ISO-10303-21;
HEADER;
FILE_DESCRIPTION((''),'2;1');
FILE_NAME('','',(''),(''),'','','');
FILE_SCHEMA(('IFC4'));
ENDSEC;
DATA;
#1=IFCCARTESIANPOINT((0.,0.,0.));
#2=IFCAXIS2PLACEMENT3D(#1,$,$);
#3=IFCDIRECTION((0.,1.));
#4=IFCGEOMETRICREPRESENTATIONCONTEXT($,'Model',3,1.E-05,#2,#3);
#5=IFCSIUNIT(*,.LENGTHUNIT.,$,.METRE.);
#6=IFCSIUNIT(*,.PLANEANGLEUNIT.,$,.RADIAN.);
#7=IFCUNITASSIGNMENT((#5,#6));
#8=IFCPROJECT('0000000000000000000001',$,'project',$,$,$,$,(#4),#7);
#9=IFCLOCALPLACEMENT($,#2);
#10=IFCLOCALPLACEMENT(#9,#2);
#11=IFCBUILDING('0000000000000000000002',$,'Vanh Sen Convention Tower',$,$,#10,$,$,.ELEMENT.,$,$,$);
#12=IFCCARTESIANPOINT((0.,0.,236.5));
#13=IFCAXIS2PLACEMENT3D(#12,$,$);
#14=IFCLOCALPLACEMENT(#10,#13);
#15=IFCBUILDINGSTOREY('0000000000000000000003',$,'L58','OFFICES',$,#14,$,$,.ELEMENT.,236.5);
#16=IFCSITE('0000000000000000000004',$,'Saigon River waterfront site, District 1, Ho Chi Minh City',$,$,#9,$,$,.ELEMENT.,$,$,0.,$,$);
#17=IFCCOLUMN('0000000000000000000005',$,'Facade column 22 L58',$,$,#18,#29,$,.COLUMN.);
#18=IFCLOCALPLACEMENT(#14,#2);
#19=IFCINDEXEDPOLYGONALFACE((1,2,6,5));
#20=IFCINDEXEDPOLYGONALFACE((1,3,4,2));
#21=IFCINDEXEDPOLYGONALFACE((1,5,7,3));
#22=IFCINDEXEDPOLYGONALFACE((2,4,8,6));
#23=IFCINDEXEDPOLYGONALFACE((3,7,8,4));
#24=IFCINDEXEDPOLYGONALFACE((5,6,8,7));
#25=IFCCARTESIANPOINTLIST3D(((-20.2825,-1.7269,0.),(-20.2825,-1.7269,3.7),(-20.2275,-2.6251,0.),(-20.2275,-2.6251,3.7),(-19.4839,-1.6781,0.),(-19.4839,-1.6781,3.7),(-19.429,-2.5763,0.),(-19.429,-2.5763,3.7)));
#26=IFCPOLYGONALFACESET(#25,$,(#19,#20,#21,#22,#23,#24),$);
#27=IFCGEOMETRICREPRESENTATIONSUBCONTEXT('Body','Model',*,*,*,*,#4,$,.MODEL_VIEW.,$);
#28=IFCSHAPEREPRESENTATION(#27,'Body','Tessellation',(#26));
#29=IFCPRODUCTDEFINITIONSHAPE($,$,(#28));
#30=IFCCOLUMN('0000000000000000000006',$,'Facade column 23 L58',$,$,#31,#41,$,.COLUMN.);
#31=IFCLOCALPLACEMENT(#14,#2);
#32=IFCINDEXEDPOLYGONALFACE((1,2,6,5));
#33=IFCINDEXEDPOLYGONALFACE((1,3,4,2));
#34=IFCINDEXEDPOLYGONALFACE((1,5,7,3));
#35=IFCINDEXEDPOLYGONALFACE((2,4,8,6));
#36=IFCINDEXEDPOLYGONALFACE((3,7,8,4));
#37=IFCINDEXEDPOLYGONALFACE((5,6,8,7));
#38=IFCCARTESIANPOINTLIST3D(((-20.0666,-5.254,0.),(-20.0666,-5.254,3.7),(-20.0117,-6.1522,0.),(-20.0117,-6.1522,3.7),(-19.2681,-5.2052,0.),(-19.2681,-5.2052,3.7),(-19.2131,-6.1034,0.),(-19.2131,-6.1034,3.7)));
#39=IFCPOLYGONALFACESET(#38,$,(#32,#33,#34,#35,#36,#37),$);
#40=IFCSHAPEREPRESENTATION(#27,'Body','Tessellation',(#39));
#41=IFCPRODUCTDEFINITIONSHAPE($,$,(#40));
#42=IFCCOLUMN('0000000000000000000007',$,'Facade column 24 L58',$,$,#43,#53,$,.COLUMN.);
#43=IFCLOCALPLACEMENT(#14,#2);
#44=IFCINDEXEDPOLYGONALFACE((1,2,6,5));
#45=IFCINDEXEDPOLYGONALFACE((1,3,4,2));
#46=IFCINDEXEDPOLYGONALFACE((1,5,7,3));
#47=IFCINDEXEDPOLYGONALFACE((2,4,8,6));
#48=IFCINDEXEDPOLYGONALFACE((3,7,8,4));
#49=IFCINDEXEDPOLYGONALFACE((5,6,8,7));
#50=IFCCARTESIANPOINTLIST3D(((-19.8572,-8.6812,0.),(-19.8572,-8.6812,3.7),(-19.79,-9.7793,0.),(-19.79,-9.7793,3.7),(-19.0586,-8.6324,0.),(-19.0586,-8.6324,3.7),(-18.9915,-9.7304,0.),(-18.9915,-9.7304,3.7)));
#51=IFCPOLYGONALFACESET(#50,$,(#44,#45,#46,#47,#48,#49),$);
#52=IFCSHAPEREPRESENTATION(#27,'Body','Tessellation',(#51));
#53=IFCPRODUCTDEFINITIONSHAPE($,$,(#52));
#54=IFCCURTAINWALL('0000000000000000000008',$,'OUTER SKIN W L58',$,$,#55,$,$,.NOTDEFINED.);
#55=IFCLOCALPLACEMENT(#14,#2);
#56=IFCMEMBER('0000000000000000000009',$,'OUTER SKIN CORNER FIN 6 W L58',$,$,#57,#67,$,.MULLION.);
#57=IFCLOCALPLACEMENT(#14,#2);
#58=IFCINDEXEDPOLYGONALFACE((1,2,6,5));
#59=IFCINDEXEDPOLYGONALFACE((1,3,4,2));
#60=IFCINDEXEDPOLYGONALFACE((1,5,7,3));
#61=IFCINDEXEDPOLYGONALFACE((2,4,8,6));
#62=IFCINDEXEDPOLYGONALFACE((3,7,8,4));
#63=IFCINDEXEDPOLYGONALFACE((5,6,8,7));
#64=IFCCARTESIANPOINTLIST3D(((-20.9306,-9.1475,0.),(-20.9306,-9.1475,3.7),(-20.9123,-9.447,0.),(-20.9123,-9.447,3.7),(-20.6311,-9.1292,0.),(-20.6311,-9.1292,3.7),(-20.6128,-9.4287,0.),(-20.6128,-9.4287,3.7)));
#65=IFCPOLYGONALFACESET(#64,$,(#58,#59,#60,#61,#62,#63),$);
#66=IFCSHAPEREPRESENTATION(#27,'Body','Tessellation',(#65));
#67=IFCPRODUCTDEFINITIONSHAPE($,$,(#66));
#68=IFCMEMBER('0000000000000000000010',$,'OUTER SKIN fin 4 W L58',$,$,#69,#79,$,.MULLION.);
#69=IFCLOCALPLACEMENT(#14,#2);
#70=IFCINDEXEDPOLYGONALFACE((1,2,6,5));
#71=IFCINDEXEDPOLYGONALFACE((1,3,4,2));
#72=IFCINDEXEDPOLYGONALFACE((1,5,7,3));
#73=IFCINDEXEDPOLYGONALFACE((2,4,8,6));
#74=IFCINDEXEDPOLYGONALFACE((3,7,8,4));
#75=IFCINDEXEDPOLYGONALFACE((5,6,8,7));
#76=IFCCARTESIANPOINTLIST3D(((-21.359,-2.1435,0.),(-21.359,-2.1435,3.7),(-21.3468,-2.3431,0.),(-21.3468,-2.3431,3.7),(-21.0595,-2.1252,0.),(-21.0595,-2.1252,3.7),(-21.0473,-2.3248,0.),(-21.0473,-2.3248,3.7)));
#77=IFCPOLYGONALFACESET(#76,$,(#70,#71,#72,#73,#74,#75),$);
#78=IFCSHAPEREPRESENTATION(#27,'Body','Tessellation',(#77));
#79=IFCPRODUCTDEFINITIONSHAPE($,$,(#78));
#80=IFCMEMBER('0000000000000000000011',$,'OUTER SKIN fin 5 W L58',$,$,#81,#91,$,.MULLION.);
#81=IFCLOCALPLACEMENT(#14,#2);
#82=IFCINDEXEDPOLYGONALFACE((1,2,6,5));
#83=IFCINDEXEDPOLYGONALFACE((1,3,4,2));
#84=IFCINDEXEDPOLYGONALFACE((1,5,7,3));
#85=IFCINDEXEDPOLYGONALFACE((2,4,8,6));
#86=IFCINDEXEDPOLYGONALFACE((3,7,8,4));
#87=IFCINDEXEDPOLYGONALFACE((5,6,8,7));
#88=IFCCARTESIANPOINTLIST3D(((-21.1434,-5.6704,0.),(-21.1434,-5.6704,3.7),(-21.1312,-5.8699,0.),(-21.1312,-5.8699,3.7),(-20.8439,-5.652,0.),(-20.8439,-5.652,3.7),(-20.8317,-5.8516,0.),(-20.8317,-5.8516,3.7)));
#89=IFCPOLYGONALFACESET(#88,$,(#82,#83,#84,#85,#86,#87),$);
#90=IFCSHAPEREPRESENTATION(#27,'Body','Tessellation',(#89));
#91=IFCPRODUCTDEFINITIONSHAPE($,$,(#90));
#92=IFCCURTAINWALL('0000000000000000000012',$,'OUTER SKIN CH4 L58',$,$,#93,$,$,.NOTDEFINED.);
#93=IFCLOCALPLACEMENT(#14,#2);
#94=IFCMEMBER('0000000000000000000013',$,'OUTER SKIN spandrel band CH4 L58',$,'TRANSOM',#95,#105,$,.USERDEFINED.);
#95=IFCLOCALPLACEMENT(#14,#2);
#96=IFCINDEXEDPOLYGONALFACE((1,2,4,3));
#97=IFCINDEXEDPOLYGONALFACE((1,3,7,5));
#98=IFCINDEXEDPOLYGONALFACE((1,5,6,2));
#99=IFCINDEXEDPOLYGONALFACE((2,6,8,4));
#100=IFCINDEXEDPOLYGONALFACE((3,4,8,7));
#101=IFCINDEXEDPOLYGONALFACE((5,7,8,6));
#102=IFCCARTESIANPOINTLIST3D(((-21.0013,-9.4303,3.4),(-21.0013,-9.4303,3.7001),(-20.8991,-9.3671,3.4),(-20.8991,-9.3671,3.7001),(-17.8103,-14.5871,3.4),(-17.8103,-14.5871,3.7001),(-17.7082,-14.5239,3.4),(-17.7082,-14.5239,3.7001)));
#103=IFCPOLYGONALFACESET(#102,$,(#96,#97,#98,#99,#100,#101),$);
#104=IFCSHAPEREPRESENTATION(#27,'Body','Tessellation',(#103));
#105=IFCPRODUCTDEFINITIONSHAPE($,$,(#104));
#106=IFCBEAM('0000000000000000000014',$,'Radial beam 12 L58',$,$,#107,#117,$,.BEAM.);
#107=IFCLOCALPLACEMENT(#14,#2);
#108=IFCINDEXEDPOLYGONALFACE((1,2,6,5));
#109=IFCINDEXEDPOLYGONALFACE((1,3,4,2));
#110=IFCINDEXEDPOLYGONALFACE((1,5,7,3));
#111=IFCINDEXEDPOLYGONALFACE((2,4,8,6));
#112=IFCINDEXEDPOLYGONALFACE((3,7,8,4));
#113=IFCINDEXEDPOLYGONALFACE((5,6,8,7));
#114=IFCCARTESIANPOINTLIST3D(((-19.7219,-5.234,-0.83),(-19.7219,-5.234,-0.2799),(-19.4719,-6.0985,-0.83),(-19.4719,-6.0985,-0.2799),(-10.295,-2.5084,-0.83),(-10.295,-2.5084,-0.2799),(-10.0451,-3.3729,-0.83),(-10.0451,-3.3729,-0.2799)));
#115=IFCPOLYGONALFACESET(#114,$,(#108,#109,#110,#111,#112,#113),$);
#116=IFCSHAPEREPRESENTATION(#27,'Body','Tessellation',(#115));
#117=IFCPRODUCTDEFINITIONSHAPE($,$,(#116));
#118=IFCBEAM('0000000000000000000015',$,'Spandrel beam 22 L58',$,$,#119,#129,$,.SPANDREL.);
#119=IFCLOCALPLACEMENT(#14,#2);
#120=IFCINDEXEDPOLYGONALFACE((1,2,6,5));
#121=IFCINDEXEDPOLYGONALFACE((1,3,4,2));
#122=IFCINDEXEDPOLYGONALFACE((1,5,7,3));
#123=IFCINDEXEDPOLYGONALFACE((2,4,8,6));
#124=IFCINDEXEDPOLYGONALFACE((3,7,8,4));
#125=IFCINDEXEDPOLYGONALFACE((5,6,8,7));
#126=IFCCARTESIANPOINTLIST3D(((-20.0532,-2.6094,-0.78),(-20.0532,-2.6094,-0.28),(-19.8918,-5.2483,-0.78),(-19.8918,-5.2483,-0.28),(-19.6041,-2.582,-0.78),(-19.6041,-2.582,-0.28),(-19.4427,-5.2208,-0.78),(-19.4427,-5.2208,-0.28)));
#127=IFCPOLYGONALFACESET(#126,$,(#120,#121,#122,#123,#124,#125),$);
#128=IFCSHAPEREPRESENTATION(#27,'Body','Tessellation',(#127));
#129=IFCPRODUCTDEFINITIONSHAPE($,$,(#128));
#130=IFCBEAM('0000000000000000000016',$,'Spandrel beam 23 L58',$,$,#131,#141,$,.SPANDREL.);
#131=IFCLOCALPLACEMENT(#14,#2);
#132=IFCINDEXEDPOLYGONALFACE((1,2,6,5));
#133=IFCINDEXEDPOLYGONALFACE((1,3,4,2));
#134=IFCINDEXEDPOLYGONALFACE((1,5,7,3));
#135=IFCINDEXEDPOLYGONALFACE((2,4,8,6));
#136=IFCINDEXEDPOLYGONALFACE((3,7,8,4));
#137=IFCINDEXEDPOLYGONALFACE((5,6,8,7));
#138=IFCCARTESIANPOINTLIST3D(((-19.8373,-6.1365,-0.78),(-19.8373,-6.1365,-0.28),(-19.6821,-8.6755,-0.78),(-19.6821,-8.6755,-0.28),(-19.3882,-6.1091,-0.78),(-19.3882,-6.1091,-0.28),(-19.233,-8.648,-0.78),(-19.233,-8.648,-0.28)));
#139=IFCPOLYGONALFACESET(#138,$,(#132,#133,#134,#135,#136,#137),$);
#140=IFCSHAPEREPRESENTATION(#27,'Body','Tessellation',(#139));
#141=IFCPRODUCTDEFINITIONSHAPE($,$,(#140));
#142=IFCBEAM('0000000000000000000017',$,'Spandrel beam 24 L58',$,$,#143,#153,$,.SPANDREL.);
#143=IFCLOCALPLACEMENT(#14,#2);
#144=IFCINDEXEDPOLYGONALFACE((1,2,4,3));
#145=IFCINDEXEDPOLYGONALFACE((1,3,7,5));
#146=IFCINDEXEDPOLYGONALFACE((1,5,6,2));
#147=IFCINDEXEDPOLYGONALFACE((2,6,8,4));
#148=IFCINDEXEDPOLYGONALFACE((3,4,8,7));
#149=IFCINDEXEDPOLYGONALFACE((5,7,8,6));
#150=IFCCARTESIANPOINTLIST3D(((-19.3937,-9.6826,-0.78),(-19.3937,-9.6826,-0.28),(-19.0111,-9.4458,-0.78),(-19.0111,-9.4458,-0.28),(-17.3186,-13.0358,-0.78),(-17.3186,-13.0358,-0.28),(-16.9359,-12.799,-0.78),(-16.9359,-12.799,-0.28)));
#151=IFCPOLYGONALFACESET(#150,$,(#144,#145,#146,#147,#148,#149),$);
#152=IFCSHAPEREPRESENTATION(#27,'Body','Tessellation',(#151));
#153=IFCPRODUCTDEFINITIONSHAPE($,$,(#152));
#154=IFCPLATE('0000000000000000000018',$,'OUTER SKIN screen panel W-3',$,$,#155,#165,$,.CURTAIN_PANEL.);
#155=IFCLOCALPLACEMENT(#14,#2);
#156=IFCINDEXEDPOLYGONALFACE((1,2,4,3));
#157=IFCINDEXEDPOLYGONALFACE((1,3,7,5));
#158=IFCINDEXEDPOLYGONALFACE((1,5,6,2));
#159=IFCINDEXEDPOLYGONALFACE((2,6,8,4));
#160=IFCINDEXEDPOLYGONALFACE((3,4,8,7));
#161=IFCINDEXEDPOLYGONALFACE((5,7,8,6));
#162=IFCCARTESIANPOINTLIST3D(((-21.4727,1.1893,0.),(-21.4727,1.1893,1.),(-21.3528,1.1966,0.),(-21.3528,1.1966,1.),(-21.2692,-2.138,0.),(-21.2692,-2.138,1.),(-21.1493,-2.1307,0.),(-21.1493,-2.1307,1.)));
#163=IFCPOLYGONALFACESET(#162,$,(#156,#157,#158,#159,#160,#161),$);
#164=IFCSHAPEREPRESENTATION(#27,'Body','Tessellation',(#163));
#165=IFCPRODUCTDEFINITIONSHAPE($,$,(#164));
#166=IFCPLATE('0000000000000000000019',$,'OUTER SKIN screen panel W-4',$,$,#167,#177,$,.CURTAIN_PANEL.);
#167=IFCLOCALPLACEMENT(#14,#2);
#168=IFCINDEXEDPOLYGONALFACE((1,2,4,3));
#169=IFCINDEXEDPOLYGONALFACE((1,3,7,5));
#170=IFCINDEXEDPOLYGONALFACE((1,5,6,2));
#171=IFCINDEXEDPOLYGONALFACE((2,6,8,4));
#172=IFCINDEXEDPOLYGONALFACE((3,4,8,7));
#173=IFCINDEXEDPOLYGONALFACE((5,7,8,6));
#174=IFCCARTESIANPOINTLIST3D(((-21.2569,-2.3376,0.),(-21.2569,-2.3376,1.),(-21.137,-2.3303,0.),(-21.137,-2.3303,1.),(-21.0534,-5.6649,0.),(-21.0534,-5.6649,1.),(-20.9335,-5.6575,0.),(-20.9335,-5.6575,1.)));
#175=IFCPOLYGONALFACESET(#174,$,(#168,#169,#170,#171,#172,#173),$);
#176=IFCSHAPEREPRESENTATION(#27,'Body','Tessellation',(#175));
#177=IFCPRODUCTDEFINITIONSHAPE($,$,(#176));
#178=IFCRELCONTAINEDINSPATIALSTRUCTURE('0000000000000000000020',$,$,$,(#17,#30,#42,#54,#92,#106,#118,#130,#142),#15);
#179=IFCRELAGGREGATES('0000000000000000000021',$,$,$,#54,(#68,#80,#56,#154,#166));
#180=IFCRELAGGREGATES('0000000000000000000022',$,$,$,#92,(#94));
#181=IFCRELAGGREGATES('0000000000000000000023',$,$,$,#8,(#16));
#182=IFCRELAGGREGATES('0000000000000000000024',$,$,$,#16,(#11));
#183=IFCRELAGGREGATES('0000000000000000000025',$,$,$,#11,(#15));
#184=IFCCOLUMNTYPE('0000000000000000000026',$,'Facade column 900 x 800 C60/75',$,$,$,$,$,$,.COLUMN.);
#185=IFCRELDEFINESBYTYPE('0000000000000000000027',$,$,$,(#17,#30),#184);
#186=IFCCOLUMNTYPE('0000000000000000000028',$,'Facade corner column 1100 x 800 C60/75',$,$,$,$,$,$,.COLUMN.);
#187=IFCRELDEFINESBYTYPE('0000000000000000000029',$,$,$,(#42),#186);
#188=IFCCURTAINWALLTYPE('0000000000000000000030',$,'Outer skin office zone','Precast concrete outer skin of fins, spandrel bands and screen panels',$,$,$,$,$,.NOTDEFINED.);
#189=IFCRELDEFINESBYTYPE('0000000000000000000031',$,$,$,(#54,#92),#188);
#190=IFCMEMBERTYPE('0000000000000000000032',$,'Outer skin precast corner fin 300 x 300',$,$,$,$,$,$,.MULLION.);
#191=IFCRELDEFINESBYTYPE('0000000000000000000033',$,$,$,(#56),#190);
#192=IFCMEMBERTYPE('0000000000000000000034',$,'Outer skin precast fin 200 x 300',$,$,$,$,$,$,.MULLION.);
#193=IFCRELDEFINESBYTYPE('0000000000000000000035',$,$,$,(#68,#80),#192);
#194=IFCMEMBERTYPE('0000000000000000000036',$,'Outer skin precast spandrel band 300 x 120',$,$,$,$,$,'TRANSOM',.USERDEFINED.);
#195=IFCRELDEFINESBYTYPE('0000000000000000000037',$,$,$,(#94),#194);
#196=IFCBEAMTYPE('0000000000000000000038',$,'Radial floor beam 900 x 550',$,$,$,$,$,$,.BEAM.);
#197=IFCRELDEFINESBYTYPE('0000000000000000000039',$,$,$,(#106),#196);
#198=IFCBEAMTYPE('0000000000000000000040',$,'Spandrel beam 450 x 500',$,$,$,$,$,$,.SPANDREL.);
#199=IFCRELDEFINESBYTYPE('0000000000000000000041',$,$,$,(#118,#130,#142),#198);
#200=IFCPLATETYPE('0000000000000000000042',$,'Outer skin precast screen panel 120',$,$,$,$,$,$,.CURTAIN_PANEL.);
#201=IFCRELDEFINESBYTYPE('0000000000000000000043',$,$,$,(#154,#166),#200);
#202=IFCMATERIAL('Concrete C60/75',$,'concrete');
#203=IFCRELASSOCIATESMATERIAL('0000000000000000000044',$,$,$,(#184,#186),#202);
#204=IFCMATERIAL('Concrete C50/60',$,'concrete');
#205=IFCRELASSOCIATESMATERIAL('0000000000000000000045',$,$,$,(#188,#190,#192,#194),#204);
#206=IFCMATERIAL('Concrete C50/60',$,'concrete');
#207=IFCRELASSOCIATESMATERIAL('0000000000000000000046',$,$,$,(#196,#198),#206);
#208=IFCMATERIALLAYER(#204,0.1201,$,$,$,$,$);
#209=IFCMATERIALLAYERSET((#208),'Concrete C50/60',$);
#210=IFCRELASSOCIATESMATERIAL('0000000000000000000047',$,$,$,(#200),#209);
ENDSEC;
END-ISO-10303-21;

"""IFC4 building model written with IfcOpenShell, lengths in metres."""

from ifc_helpers import new_model, si_unit, direction, frame, origin, origin_2d, place, context, subcontext, project, spatial, rectangle, extrude, material, layer, layer_set, material_profile, profile_set, type_object, element, aggregate, save


model = new_model("IFC4")

# Units and contexts
model_context = context("Model", 3, precision=1e-05, world=origin(), true_north=direction((0.0, 1.0)))
body_context = subcontext(model_context, "Body", "Model", "MODEL_VIEW")
ifc_project = project(units=[si_unit("LENGTHUNIT", "METRE"), si_unit("PLANEANGLEUNIT", "RADIAN")], contexts=[model_context])

# Site, building, storey
site_placement = place(None, origin())
site = spatial("IfcSite", under=ifc_project, at=site_placement, Name="Saigon River waterfront site, District 1, Ho Chi Minh City", CompositionType="ELEMENT", RefElevation=0.0)
building_placement = place(site_placement, origin())
building = spatial("IfcBuilding", under=site, at=building_placement, Name="Vanh Sen Convention Tower", CompositionType="ELEMENT")
storey_placement = place(building_placement, frame((0.0, 0.0, 236.5)))
storey = spatial("IfcBuildingStorey", under=building, at=storey_placement, Name="L58", Description="OFFICES", CompositionType="ELEMENT", Elevation=236.5)

# Columns
ifc_material_1 = material(Name="Concrete C60/75", Category="concrete")
ifc_material_profile_1 = material_profile(ifc_material_1, rectangle(XDim=0.8999, YDim=0.8, at=origin_2d()), Name="RC 900X800")
ifc_profile_set_1 = profile_set([ifc_material_profile_1], Name="Concrete C60/75")
column_type_1 = type_object("IfcColumnType", Name="Facade column 900 x 800 C60/75", PredefinedType="COLUMN", material=ifc_profile_set_1)
for number, where, z_axis, x_axis, name in (
    (1, (-19.8557, -2.1516, 0.0), (0.0, 0.0, 1.0), (0.061049, -0.998135, 0.0), "Facade column 22 L58"),
    (2, (-19.6399, -5.6787, 0.0), (0.0, 0.0, 1.0), (0.061049, -0.998135, 0.0), "Facade column 23 L58"),
):
    element("IfcColumn", number, at=place(storey_placement, frame(where, z_axis=z_axis, x_axis=x_axis)), inside=storey, type_object=column_type_1, Name=name, PredefinedType="COLUMN", context=body_context, shape_type="SweptSolid", body=[
        extrude(rectangle(XDim=0.8999, YDim=0.8, at=origin_2d()), origin(), (0.0, 0.0, 1.0), 3.7),
    ])
ifc_material_profile_2 = material_profile(ifc_material_1, rectangle(XDim=1.1001, YDim=0.8, at=origin_2d()), Name="RC 1100X800")
ifc_profile_set_2 = profile_set([ifc_material_profile_2], Name="Concrete C60/75")
column_type_2 = type_object("IfcColumnType", Name="Facade corner column 1100 x 800 C60/75", PredefinedType="COLUMN", material=ifc_profile_set_2)
column_placement = place(storey_placement, frame((-19.4243, -9.2058, 0.0), z_axis=(0.0, 0.0, 1.0), x_axis=(0.061049, -0.998135, 0.0)))
element("IfcColumn", 3, at=column_placement, inside=storey, type_object=column_type_2, Name="Facade column 24 L58", PredefinedType="COLUMN", context=body_context, shape_type="SweptSolid", body=[
    extrude(rectangle(XDim=1.1001, YDim=0.8, at=origin_2d()), origin(), (0.0, 0.0, 1.0), 3.7),
])

# Curtain wall, members
ifc_material_2 = material(Name="Concrete C50/60", Category="concrete")
curtain_wall_type = type_object("IfcCurtainWallType", Name="Outer skin office zone", Description="Precast concrete outer skin of fins, spandrel bands and screen panels", PredefinedType="NOTDEFINED", material=ifc_material_2)
curtain_wall_1_placement = place(storey_placement, origin())
curtain_wall_1 = element("IfcCurtainWall", 4, at=curtain_wall_1_placement, inside=storey, type_object=curtain_wall_type, Name="OUTER SKIN W L58", PredefinedType="NOTDEFINED")
ifc_material_profile_3 = material_profile(ifc_material_2, rectangle(XDim=0.3, YDim=0.3, at=origin_2d()), Name="Outer skin precast corner fin 300 x 300")
ifc_profile_set_3 = profile_set([ifc_material_profile_3], Name="Concrete C50/60")
member_type_1 = type_object("IfcMemberType", Name="Outer skin precast corner fin 300 x 300", PredefinedType="MULLION", material=ifc_profile_set_3)
member_1_placement = place(storey_placement, frame((-20.7717, -9.2881, 0.0), z_axis=(0.0, 0.0, 1.0), x_axis=(0.061049, -0.998135, 0.0)))
member_1 = element("IfcMember", 5, at=member_1_placement, type_object=member_type_1, Name="OUTER SKIN CORNER FIN 6 W L58", PredefinedType="MULLION", context=body_context, shape_type="SweptSolid", body=[
    extrude(rectangle(XDim=0.3, YDim=0.3, at=origin_2d()), origin(), (0.0, 0.0, 1.0), 3.7),
])
ifc_material_profile_4 = material_profile(ifc_material_2, rectangle(XDim=0.2, YDim=0.3, at=origin_2d()), Name="Outer skin precast fin 200 x 300")
ifc_profile_set_4 = profile_set([ifc_material_profile_4], Name="Concrete C50/60")
member_type_2 = type_object("IfcMemberType", Name="Outer skin precast fin 200 x 300", PredefinedType="MULLION", material=ifc_profile_set_4)
member_2_placement = place(storey_placement, frame((-21.2031, -2.2341, 0.0), z_axis=(0.0, 0.0, 1.0), x_axis=(0.061049, -0.998135, 0.0)))
member_2 = element("IfcMember", 6, at=member_2_placement, type_object=member_type_2, Name="OUTER SKIN fin 4 W L58", PredefinedType="MULLION", context=body_context, shape_type="SweptSolid", body=[
    extrude(rectangle(XDim=0.2, YDim=0.3, at=origin_2d()), origin(), (0.0, 0.0, 1.0), 3.7),
])
member_3_placement = place(storey_placement, frame((-20.9875, -5.761, 0.0), z_axis=(0.0, 0.0, 1.0), x_axis=(0.061049, -0.998135, 0.0)))
member_3 = element("IfcMember", 7, at=member_3_placement, type_object=member_type_2, Name="OUTER SKIN fin 5 W L58", PredefinedType="MULLION", context=body_context, shape_type="SweptSolid", body=[
    extrude(rectangle(XDim=0.2, YDim=0.3, at=origin_2d()), origin(), (0.0, 0.0, 1.0), 3.7),
])

# Curtain wall, member
curtain_wall_2_placement = place(storey_placement, origin())
curtain_wall_2 = element("IfcCurtainWall", 8, at=curtain_wall_2_placement, inside=storey, type_object=curtain_wall_type, Name="OUTER SKIN CH4 L58", PredefinedType="NOTDEFINED")
ifc_material_profile_5 = material_profile(ifc_material_2, rectangle(XDim=0.1201, YDim=0.3, at=origin_2d()), Name="Outer skin precast spandrel band 300 x 120")
ifc_profile_set_5 = profile_set([ifc_material_profile_5], Name="Concrete C50/60")
member_type_3 = type_object("IfcMemberType", Name="Outer skin precast spandrel band 300 x 120", ElementType="TRANSOM", PredefinedType="USERDEFINED", material=ifc_profile_set_5)
member_4_placement = place(storey_placement, frame((-20.9502, -9.3987, 3.55), z_axis=(0.526194, -0.850365, 0.0), x_axis=(0.850365, 0.526194, 0.0)))
member_4 = element("IfcMember", 9, at=member_4_placement, type_object=member_type_3, Name="OUTER SKIN spandrel band CH4 L58", ObjectType="TRANSOM", PredefinedType="USERDEFINED", context=body_context, shape_type="SweptSolid", body=[
    extrude(rectangle(XDim=0.1201, YDim=0.3, at=origin_2d()), origin(), (0.0, 0.0, 1.0), 6.0642),
])

# Beams
ifc_material_3 = material(Name="Concrete C50/60", Category="concrete")
ifc_material_profile_6 = material_profile(ifc_material_3, rectangle(XDim=0.8999, YDim=0.55, at=origin_2d()), Name="RC 900X550")
ifc_profile_set_6 = profile_set([ifc_material_profile_6], Name="Concrete C50/60")
beam_type_1 = type_object("IfcBeamType", Name="Radial floor beam 900 x 550", PredefinedType="BEAM", material=ifc_profile_set_6)
beam_1_placement = place(storey_placement, frame((-19.5969, -5.6663, -0.5549), z_axis=(0.960652, 0.277756, 0.0), x_axis=(-0.277756, 0.960652, 0.0)))
element("IfcBeam", 10, at=beam_1_placement, inside=storey, type_object=beam_type_1, Name="Radial beam 12 L58", PredefinedType="BEAM", context=body_context, shape_type="SweptSolid", body=[
    extrude(rectangle(XDim=0.8999, YDim=0.55, at=origin_2d()), origin(), (0.0, 0.0, 1.0), 9.813),
])
ifc_material_profile_7 = material_profile(ifc_material_3, rectangle(XDim=0.45, YDim=0.5, at=origin_2d()), Name="RC 450X500")
ifc_profile_set_7 = profile_set([ifc_material_profile_7], Name="Concrete C50/60")
beam_type_2 = type_object("IfcBeamType", Name="Spandrel beam 450 x 500", PredefinedType="SPANDREL", material=ifc_profile_set_7)
beam_2_placement = place(storey_placement, frame((-19.8286, -2.5957, -0.53), z_axis=(0.061039, -0.998135, 0.0), x_axis=(0.998135, 0.061039, 0.0)))
element("IfcBeam", 11, at=beam_2_placement, inside=storey, type_object=beam_type_2, Name="Spandrel beam 22 L58", PredefinedType="SPANDREL", context=body_context, shape_type="SweptSolid", body=[
    extrude(rectangle(XDim=0.45, YDim=0.5, at=origin_2d()), origin(), (0.0, 0.0, 1.0), 2.6438),
])
beam_3_placement = place(storey_placement, frame((-19.6128, -6.1228, -0.53), z_axis=(0.06104, -0.998135, 0.0), x_axis=(0.998135, 0.06104, 0.0)))
element("IfcBeam", 12, at=beam_3_placement, inside=storey, type_object=beam_type_2, Name="Spandrel beam 23 L58", PredefinedType="SPANDREL", context=body_context, shape_type="SweptSolid", body=[
    extrude(rectangle(XDim=0.45, YDim=0.5, at=origin_2d()), origin(), (0.0, 0.0, 1.0), 2.5437),
])
beam_4_placement = place(storey_placement, frame((-19.2024, -9.5642, -0.53), z_axis=(0.526237, -0.850338, 0.0), x_axis=(0.850338, 0.526237, 0.0)))
element("IfcBeam", 13, at=beam_4_placement, inside=storey, type_object=beam_type_2, Name="Spandrel beam 24 L58", PredefinedType="SPANDREL", context=body_context, shape_type="SweptSolid", body=[
    extrude(rectangle(XDim=0.45, YDim=0.5, at=origin_2d()), origin(), (0.0, 0.0, 1.0), 3.9434),
])

# Plates
ifc_layer_1 = layer(ifc_material_2, 0.1201)
ifc_layer_set_1 = layer_set([ifc_layer_1], Name="Concrete C50/60")
plate_type = type_object("IfcPlateType", Name="Outer skin precast screen panel 120", PredefinedType="CURTAIN_PANEL", material=ifc_layer_set_1)
plate_1_placement = place(storey_placement, frame((-21.311, -0.4707, 0.0), z_axis=(0.0, 0.0, 1.0), x_axis=(0.061043, -0.998135, 0.0)))
plate_1 = element("IfcPlate", 14, at=plate_1_placement, type_object=plate_type, Name="OUTER SKIN screen panel W-3", PredefinedType="CURTAIN_PANEL", context=body_context, shape_type="SweptSolid", body=[
    extrude(rectangle(XDim=3.3335, YDim=0.1201, at=origin_2d()), origin(), (0.0, 0.0, 1.0), 1.0),
])
plate_2_placement = place(storey_placement, frame((-21.0952, -3.9976, 0.0), z_axis=(0.0, 0.0, 1.0), x_axis=(0.061043, -0.998135, 0.0)))
plate_2 = element("IfcPlate", 15, at=plate_2_placement, type_object=plate_type, Name="OUTER SKIN screen panel W-4", PredefinedType="CURTAIN_PANEL", context=body_context, shape_type="SweptSolid", body=[
    extrude(rectangle(XDim=3.3335, YDim=0.1201, at=origin_2d()), origin(), (0.0, 0.0, 1.0), 1.0),
])
aggregate(curtain_wall_1, [member_2, member_3, member_1, plate_1, plate_2])
aggregate(curtain_wall_2, [member_4])

save(model, "model.ifc")
